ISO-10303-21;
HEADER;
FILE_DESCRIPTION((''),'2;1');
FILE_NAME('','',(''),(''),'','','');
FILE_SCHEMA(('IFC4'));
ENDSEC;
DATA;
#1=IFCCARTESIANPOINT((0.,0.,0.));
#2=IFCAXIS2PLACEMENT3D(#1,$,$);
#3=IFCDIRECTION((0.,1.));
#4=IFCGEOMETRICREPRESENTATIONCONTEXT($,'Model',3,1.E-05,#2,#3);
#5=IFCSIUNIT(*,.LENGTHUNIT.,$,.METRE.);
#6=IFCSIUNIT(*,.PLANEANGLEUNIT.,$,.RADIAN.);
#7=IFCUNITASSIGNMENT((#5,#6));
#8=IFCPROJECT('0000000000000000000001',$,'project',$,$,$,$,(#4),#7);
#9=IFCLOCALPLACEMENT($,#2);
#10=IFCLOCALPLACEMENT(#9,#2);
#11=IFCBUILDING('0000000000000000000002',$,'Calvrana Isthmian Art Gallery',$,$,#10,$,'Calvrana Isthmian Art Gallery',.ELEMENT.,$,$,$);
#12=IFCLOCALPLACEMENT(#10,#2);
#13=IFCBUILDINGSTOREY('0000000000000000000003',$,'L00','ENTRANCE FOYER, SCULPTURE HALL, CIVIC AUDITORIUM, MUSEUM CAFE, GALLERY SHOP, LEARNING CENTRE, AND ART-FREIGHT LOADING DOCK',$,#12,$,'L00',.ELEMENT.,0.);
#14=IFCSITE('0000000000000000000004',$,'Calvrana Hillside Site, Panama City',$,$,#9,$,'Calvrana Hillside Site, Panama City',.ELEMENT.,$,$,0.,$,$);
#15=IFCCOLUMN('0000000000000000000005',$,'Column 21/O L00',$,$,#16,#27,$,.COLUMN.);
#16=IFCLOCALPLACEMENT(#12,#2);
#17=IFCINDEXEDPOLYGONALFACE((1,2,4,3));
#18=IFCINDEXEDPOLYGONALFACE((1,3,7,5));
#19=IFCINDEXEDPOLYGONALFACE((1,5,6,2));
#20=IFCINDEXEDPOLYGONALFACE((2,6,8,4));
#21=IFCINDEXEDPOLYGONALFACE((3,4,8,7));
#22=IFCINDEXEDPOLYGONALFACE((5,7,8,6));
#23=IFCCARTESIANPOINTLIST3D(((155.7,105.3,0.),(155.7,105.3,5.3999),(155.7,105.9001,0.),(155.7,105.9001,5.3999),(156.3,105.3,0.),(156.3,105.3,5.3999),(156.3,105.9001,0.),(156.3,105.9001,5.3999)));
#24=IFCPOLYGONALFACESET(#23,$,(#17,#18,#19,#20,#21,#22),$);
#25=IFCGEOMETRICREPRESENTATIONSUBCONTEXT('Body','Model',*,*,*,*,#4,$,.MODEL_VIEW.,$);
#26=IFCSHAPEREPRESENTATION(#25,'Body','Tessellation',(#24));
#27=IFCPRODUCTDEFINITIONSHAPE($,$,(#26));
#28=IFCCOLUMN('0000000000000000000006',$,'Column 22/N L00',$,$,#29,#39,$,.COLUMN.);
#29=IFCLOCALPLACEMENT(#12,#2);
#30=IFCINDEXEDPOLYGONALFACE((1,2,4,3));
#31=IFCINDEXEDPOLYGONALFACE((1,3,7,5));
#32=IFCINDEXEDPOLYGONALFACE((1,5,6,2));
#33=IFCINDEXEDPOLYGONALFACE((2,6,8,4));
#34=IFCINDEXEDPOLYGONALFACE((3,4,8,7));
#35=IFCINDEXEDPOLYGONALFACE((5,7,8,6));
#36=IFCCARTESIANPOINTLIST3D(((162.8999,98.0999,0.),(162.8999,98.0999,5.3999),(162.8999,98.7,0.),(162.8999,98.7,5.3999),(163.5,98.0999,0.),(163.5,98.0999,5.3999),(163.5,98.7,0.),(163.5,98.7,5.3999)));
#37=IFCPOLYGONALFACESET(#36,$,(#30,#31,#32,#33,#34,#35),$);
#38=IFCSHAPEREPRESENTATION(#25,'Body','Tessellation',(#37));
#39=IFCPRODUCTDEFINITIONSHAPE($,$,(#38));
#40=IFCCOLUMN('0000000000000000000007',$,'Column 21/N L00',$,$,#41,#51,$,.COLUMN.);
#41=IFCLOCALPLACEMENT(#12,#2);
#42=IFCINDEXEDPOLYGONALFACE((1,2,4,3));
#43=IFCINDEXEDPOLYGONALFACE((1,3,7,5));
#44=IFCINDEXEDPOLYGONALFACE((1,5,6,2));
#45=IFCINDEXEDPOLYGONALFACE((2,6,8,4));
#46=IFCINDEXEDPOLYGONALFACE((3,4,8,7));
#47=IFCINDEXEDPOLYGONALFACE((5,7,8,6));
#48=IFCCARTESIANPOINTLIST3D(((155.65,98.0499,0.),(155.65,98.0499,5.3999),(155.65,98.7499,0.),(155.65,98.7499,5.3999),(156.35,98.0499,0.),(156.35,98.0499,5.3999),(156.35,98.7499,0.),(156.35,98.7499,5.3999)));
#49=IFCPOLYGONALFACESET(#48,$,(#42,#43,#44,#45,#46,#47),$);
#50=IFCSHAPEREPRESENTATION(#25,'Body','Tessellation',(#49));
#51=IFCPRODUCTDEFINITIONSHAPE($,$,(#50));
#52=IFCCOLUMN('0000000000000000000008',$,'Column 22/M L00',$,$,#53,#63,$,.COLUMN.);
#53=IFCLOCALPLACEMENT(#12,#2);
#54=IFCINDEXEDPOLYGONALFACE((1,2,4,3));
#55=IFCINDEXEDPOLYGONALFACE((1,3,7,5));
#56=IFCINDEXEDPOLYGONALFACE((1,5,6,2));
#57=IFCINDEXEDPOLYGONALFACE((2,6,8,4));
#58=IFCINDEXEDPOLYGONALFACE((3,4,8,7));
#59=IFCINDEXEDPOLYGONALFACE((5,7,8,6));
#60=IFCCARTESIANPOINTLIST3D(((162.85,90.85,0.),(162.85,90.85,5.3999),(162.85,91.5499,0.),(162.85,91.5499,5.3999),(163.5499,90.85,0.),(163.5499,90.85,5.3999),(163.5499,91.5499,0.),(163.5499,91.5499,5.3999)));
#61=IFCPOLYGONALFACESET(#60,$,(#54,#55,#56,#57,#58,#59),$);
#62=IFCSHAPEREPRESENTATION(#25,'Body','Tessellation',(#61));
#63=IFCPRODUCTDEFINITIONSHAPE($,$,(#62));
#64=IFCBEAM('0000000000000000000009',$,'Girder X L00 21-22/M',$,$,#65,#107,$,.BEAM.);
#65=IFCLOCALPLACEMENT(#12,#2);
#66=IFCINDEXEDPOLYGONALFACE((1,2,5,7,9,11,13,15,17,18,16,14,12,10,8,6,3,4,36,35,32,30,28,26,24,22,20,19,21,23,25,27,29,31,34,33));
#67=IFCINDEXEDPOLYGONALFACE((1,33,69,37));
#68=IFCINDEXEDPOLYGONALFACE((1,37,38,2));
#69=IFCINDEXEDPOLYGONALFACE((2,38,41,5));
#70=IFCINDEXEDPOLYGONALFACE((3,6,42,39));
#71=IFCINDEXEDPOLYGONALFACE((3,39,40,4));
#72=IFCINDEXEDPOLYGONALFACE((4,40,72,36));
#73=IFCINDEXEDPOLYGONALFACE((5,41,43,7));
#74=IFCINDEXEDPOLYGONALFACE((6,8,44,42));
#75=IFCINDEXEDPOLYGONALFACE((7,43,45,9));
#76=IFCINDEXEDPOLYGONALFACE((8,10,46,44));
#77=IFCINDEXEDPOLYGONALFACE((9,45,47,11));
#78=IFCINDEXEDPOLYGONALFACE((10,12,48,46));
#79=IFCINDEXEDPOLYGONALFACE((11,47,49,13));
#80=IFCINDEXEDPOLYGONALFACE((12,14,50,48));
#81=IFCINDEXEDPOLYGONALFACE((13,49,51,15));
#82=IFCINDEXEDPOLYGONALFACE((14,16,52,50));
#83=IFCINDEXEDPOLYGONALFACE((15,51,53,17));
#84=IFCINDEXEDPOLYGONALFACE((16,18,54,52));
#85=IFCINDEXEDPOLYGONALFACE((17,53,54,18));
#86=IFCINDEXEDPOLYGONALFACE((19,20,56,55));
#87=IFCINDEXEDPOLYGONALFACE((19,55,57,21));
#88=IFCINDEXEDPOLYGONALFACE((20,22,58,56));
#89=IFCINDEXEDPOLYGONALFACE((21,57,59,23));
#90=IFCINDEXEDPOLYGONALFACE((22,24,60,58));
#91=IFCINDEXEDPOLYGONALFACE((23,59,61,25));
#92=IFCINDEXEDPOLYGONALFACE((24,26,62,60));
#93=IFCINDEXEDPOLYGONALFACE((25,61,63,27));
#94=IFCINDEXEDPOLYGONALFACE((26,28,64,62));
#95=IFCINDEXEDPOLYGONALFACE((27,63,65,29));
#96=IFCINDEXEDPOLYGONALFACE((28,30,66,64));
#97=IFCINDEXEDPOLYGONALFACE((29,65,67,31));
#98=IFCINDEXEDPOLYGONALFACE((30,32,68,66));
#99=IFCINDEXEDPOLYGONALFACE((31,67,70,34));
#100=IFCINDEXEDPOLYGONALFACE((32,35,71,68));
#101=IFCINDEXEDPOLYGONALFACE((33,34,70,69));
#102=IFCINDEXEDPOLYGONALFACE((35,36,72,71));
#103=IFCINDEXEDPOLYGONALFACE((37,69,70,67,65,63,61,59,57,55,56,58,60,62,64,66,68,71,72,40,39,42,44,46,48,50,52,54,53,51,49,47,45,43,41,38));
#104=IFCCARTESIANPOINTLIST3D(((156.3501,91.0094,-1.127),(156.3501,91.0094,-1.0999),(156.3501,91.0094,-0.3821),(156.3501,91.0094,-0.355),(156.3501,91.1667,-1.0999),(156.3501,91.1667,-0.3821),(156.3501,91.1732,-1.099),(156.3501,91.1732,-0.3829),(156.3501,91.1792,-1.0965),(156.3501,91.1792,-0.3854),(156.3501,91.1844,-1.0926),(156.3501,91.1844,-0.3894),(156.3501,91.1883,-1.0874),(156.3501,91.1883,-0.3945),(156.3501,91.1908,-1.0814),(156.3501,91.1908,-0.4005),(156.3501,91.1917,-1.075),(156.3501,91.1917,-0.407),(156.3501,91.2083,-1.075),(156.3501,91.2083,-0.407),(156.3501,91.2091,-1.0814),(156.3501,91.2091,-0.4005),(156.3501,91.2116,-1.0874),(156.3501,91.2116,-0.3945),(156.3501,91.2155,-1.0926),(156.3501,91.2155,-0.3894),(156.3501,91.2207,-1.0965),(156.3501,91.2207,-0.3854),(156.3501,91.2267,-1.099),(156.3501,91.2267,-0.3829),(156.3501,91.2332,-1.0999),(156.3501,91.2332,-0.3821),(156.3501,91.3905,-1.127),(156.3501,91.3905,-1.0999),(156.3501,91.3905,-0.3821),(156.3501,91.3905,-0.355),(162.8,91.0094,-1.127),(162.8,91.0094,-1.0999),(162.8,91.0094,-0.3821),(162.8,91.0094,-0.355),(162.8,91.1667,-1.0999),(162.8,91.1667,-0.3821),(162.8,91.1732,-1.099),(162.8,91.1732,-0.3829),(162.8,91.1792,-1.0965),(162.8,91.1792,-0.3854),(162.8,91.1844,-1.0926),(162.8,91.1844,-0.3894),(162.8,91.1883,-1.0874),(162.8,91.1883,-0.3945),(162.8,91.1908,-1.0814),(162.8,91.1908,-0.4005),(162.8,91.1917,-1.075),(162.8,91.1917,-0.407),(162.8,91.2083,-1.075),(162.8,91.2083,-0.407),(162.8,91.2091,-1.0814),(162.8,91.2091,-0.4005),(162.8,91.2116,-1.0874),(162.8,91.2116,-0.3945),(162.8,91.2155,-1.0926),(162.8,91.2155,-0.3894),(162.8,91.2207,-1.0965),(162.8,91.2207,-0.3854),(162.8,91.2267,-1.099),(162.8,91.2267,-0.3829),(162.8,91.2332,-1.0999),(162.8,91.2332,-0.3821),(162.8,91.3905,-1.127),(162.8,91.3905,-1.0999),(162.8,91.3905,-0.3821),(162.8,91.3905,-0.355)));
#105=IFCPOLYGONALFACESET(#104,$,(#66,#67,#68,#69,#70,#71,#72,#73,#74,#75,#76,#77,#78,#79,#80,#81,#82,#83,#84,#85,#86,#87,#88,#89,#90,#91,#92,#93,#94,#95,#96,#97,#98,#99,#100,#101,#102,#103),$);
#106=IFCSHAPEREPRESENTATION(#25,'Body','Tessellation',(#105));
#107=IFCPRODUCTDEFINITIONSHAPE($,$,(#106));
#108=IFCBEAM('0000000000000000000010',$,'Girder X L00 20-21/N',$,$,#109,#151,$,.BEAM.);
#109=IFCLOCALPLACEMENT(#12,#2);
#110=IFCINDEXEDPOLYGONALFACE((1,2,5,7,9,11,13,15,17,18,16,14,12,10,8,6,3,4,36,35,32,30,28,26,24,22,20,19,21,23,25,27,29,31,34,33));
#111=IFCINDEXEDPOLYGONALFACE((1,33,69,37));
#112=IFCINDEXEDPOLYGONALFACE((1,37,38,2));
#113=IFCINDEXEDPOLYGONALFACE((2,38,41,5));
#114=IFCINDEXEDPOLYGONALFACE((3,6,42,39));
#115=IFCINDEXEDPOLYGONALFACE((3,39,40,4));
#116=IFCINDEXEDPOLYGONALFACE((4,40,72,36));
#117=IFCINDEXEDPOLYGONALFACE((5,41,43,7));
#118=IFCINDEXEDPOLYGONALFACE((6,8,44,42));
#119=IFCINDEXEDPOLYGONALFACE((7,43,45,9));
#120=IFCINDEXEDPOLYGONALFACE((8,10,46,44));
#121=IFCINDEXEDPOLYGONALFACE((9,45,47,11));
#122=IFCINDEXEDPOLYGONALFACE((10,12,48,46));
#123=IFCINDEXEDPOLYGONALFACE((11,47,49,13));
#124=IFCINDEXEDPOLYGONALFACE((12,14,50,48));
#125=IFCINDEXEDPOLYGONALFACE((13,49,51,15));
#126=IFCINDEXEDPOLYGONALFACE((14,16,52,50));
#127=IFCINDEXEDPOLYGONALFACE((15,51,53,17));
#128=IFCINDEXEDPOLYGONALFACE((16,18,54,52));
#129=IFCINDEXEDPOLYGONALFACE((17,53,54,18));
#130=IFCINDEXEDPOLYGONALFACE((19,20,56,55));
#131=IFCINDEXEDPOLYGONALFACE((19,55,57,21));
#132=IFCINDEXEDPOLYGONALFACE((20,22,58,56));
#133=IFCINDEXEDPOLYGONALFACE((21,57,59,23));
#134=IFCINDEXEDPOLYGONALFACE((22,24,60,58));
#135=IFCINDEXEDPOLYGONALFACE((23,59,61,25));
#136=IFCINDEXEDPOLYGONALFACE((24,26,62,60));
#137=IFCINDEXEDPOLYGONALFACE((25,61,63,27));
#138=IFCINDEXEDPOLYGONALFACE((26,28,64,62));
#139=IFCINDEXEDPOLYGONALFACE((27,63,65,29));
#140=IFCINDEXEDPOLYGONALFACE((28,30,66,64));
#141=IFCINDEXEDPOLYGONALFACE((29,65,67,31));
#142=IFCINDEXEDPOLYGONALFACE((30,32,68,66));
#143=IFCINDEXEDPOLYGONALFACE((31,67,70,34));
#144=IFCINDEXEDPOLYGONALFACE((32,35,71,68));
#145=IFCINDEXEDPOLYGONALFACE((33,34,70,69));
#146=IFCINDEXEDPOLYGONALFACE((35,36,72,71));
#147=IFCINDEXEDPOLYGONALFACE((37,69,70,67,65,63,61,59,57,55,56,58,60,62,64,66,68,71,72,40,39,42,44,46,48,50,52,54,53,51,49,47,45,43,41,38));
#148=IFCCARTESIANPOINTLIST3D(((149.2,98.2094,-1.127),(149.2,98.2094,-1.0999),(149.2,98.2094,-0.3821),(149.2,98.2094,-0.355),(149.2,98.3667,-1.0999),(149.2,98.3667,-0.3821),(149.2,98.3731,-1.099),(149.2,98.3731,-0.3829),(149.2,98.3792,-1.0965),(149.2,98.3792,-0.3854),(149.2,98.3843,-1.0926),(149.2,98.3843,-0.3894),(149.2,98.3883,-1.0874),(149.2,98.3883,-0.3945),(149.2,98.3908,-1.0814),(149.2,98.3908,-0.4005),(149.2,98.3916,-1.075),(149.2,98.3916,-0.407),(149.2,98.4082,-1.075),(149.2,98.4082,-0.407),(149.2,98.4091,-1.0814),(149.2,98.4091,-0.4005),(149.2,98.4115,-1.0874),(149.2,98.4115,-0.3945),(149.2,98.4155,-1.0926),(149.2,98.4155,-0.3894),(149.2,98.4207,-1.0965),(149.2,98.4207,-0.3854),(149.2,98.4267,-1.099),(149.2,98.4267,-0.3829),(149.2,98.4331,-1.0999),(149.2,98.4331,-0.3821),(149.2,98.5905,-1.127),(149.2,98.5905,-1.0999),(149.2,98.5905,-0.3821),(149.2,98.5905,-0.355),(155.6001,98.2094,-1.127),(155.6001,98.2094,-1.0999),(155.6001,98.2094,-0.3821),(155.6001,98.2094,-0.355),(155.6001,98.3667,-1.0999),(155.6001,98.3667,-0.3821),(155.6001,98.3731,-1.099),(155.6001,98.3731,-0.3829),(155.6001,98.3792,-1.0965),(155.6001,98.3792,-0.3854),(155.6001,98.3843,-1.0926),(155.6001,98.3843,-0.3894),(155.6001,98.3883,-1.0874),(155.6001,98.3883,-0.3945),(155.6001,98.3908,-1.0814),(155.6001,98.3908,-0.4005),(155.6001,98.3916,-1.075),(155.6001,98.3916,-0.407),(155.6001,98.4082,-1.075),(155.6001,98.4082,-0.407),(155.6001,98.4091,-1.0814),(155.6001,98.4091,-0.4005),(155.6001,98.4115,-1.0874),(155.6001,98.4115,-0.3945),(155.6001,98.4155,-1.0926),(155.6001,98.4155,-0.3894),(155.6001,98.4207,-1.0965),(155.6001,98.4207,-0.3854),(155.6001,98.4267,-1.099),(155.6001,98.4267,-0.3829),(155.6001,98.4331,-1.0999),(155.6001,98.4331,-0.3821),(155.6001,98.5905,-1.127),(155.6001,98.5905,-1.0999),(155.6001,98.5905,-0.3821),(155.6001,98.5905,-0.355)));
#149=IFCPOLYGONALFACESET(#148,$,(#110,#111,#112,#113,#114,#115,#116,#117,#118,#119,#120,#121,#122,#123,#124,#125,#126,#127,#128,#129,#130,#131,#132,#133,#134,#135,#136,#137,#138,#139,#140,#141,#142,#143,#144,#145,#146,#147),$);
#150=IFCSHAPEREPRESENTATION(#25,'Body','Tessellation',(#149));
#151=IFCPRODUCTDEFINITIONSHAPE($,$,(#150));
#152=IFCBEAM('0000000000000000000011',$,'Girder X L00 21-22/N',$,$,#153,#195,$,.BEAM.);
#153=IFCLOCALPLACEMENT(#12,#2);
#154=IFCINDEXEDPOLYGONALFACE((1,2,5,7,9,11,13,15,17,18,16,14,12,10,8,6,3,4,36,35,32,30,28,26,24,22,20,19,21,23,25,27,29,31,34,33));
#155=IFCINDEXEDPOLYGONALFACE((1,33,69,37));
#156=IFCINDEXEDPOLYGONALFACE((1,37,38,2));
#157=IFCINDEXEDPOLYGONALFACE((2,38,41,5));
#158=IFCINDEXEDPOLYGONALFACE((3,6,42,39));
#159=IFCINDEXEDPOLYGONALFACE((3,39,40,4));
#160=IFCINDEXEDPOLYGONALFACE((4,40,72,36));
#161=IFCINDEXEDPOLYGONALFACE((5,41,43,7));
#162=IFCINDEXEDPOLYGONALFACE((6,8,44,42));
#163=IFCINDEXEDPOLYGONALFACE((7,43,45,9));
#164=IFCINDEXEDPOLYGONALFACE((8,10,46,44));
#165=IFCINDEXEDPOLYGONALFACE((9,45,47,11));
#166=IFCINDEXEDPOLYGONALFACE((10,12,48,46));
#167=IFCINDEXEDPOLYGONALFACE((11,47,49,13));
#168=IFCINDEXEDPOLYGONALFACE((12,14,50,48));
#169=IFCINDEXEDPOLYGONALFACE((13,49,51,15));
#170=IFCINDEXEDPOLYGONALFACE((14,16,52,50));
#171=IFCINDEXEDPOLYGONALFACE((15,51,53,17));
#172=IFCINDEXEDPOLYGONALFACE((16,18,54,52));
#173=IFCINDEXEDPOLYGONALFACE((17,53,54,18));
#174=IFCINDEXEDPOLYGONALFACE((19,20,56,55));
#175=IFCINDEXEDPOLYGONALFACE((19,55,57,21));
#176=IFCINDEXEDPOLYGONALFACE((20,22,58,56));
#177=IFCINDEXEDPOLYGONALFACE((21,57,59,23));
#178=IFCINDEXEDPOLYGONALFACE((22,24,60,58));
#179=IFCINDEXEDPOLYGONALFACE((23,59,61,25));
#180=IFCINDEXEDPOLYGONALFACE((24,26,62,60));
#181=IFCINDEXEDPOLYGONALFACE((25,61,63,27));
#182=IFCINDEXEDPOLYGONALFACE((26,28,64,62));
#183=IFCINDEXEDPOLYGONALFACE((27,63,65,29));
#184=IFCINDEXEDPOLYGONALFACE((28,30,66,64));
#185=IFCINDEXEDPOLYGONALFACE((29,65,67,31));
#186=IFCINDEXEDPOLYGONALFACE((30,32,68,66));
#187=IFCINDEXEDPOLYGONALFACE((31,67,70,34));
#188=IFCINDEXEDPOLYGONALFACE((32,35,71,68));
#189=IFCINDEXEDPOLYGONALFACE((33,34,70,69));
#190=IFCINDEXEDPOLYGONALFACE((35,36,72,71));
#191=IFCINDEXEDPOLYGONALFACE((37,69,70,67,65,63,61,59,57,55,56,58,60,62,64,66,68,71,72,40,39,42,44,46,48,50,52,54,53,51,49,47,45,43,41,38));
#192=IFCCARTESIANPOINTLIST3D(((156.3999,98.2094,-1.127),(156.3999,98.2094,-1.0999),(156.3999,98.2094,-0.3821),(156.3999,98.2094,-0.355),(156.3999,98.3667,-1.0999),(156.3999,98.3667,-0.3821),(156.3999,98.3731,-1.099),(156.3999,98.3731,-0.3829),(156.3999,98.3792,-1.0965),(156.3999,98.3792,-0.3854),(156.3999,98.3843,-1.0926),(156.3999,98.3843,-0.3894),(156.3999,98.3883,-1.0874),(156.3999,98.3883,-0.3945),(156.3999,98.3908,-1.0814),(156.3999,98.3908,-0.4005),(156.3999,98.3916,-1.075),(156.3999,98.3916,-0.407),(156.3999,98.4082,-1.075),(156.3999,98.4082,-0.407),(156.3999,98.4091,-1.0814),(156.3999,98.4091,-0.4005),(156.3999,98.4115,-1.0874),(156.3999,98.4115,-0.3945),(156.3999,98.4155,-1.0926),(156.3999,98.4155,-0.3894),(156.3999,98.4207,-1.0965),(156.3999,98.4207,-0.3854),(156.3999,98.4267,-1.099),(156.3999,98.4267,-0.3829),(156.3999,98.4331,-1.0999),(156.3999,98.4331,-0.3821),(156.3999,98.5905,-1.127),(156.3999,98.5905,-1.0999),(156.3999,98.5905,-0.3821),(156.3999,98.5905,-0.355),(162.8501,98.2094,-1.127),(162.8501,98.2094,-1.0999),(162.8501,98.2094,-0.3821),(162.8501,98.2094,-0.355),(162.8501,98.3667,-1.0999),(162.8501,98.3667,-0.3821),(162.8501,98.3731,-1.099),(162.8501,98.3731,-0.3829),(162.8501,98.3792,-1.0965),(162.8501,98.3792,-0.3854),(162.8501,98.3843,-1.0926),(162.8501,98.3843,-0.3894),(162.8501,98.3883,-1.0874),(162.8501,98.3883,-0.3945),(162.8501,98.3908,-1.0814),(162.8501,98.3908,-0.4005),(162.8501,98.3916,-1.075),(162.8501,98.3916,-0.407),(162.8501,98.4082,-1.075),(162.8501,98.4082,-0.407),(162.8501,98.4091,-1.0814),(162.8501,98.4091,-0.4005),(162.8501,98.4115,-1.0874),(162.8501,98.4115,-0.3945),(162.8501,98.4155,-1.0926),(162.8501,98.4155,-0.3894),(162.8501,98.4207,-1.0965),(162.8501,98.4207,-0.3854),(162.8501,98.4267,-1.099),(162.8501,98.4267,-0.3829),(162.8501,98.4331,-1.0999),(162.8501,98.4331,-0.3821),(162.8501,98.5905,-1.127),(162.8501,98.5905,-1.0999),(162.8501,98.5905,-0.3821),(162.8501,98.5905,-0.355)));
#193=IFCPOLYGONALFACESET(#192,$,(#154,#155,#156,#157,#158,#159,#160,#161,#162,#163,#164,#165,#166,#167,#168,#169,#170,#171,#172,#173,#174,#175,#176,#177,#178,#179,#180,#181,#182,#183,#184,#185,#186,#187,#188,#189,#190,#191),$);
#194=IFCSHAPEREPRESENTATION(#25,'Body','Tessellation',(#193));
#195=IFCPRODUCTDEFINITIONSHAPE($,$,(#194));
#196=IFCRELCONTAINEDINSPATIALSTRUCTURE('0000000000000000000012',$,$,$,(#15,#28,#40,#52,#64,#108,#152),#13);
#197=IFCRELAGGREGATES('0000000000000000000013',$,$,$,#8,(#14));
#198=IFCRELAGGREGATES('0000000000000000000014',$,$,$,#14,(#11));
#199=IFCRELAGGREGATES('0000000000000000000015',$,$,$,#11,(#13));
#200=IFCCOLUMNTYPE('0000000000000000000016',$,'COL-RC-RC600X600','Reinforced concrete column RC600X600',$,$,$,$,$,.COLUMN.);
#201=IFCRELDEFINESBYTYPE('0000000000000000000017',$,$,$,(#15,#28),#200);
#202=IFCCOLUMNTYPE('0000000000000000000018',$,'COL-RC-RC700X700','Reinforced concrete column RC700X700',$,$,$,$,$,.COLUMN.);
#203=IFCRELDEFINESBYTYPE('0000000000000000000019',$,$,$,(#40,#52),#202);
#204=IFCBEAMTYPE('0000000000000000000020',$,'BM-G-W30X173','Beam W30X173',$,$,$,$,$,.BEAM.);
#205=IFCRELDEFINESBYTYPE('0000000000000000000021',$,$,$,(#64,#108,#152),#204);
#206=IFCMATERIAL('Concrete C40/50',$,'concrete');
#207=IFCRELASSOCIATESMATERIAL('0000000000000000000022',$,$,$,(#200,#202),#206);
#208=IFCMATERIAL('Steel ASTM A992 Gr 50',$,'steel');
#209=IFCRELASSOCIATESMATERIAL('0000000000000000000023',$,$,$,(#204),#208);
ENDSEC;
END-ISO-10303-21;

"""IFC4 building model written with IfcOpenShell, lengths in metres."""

from ifc_helpers import new_model, si_unit, direction, frame, origin, origin_2d, place, context, subcontext, project, spatial, rectangle, i_section, extrude, material, material_profile, profile_set, type_object, element, save


model = new_model("IFC4")

# Units and contexts
model_context = context("Model", 3, precision=1e-05, world=origin(), true_north=direction((0.0, 1.0)))
body_context = subcontext(model_context, "Body", "Model", "MODEL_VIEW")
ifc_project = project(units=[si_unit("LENGTHUNIT", "METRE"), si_unit("PLANEANGLEUNIT", "RADIAN")], contexts=[model_context])

# Site, building, storey
site_placement = place(None, origin())
site = spatial("IfcSite", under=ifc_project, at=site_placement, Name="Calvrana Hillside Site, Panama City", LongName="Calvrana Hillside Site, Panama City", CompositionType="ELEMENT", RefElevation=0.0)
building_placement = place(site_placement, origin())
building = spatial("IfcBuilding", under=site, at=building_placement, Name="Calvrana Isthmian Art Gallery", LongName="Calvrana Isthmian Art Gallery", CompositionType="ELEMENT")
storey_placement = place(building_placement, origin())
storey = spatial("IfcBuildingStorey", under=building, at=storey_placement, Name="L00", Description="ENTRANCE FOYER, SCULPTURE HALL, CIVIC AUDITORIUM, MUSEUM CAFE, GALLERY SHOP, LEARNING CENTRE, AND ART-FREIGHT LOADING DOCK", LongName="L00", CompositionType="ELEMENT", Elevation=0.0)

# Columns
ifc_material_1 = material(Name="Concrete C40/50", Category="concrete")
ifc_material_profile_1 = material_profile(ifc_material_1, rectangle(XDim=0.6001, YDim=0.6001, at=origin_2d()), Name="RC600X600")
ifc_profile_set_1 = profile_set([ifc_material_profile_1], Name="Concrete C40/50")
column_type_1 = type_object("IfcColumnType", Name="COL-RC-RC600X600", Description="Reinforced concrete column RC600X600", PredefinedType="COLUMN", material=ifc_profile_set_1)
for number, where, z_axis, x_axis, name in (
    (1, (156.0, 105.6001, 0.0), (0.0, 0.0, 1.0), (1.0, 0.0, 0.0), "Column 21/O L00"),
    (2, (163.2, 98.3999, 0.0), (0.0, 0.0, 1.0), (1.0, 0.0, 0.0), "Column 22/N L00"),
):
    element("IfcColumn", number, at=place(storey_placement, frame(where, z_axis=z_axis, x_axis=x_axis)), inside=storey, type_object=column_type_1, Name=name, PredefinedType="COLUMN", context=body_context, shape_type="SweptSolid", body=[
        extrude(rectangle(XDim=0.6001, YDim=0.6001, at=origin_2d()), origin(), (0.0, 0.0, 1.0), 5.3999),
    ])
ifc_material_profile_2 = material_profile(ifc_material_1, rectangle(XDim=0.7, YDim=0.7, at=origin_2d()), Name="RC700X700")
ifc_profile_set_2 = profile_set([ifc_material_profile_2], Name="Concrete C40/50")
column_type_2 = type_object("IfcColumnType", Name="COL-RC-RC700X700", Description="Reinforced concrete column RC700X700", PredefinedType="COLUMN", material=ifc_profile_set_2)
for number, where, z_axis, x_axis, name in (
    (3, (156.0, 98.3999, 0.0), (0.0, 0.0, 1.0), (1.0, 0.0, 0.0), "Column 21/N L00"),
    (4, (163.2, 91.2, 0.0), (0.0, 0.0, 1.0), (1.0, 0.0, 0.0), "Column 22/M L00"),
):
    element("IfcColumn", number, at=place(storey_placement, frame(where, z_axis=z_axis, x_axis=x_axis)), inside=storey, type_object=column_type_2, Name=name, PredefinedType="COLUMN", context=body_context, shape_type="SweptSolid", body=[
        extrude(rectangle(XDim=0.7, YDim=0.7, at=origin_2d()), origin(), (0.0, 0.0, 1.0), 5.3999),
    ])

# Beams
ifc_material_2 = material(Name="Steel ASTM A992 Gr 50", Category="steel")
ifc_material_profile_3 = material_profile(ifc_material_2, i_section(OverallWidth=0.3811, OverallDepth=0.772, WebThickness=0.0166, FlangeThickness=0.0271, FilletRadius=0.0249, at=origin_2d()), Name="W30X173")
ifc_profile_set_3 = profile_set([ifc_material_profile_3], Name="Steel ASTM A992 Gr 50")
beam_type_1 = type_object("IfcBeamType", Name="BM-G-W30X173", Description="Beam W30X173", PredefinedType="BEAM", material=ifc_profile_set_3)
beam_1_placement = place(storey_placement, frame((156.3501, 91.2, -0.741), z_axis=(1.0, 0.0, 0.0), x_axis=(0.0, 1.0, 0.0)))
element("IfcBeam", 5, at=beam_1_placement, inside=storey, type_object=beam_type_1, Name="Girder X L00 21-22/M", PredefinedType="BEAM", context=body_context, shape_type="SweptSolid", body=[
    extrude(i_section(OverallWidth=0.3811, OverallDepth=0.772, WebThickness=0.0166, FlangeThickness=0.0271, FilletRadius=0.0249, at=origin_2d()), origin(), (0.0, 0.0, 1.0), 6.45),
])
beam_2_placement = place(storey_placement, frame((149.2, 98.3999, -0.741), z_axis=(1.0, 0.0, 0.0), x_axis=(0.0, 1.0, 0.0)))
element("IfcBeam", 6, at=beam_2_placement, inside=storey, type_object=beam_type_1, Name="Girder X L00 20-21/N", PredefinedType="BEAM", context=body_context, shape_type="SweptSolid", body=[
    extrude(i_section(OverallWidth=0.3811, OverallDepth=0.772, WebThickness=0.0166, FlangeThickness=0.0271, FilletRadius=0.0249, at=origin_2d()), origin(), (0.0, 0.0, 1.0), 6.4001),
])
beam_3_placement = place(storey_placement, frame((156.3999, 98.3999, -0.741), z_axis=(1.0, 0.0, 0.0), x_axis=(0.0, 1.0, 0.0)))
element("IfcBeam", 7, at=beam_3_placement, inside=storey, type_object=beam_type_1, Name="Girder X L00 21-22/N", PredefinedType="BEAM", context=body_context, shape_type="SweptSolid", body=[
    extrude(i_section(OverallWidth=0.3811, OverallDepth=0.772, WebThickness=0.0166, FlangeThickness=0.0271, FilletRadius=0.0249, at=origin_2d()), origin(), (0.0, 0.0, 1.0), 6.4502),
])

save(model, "model.ifc")
